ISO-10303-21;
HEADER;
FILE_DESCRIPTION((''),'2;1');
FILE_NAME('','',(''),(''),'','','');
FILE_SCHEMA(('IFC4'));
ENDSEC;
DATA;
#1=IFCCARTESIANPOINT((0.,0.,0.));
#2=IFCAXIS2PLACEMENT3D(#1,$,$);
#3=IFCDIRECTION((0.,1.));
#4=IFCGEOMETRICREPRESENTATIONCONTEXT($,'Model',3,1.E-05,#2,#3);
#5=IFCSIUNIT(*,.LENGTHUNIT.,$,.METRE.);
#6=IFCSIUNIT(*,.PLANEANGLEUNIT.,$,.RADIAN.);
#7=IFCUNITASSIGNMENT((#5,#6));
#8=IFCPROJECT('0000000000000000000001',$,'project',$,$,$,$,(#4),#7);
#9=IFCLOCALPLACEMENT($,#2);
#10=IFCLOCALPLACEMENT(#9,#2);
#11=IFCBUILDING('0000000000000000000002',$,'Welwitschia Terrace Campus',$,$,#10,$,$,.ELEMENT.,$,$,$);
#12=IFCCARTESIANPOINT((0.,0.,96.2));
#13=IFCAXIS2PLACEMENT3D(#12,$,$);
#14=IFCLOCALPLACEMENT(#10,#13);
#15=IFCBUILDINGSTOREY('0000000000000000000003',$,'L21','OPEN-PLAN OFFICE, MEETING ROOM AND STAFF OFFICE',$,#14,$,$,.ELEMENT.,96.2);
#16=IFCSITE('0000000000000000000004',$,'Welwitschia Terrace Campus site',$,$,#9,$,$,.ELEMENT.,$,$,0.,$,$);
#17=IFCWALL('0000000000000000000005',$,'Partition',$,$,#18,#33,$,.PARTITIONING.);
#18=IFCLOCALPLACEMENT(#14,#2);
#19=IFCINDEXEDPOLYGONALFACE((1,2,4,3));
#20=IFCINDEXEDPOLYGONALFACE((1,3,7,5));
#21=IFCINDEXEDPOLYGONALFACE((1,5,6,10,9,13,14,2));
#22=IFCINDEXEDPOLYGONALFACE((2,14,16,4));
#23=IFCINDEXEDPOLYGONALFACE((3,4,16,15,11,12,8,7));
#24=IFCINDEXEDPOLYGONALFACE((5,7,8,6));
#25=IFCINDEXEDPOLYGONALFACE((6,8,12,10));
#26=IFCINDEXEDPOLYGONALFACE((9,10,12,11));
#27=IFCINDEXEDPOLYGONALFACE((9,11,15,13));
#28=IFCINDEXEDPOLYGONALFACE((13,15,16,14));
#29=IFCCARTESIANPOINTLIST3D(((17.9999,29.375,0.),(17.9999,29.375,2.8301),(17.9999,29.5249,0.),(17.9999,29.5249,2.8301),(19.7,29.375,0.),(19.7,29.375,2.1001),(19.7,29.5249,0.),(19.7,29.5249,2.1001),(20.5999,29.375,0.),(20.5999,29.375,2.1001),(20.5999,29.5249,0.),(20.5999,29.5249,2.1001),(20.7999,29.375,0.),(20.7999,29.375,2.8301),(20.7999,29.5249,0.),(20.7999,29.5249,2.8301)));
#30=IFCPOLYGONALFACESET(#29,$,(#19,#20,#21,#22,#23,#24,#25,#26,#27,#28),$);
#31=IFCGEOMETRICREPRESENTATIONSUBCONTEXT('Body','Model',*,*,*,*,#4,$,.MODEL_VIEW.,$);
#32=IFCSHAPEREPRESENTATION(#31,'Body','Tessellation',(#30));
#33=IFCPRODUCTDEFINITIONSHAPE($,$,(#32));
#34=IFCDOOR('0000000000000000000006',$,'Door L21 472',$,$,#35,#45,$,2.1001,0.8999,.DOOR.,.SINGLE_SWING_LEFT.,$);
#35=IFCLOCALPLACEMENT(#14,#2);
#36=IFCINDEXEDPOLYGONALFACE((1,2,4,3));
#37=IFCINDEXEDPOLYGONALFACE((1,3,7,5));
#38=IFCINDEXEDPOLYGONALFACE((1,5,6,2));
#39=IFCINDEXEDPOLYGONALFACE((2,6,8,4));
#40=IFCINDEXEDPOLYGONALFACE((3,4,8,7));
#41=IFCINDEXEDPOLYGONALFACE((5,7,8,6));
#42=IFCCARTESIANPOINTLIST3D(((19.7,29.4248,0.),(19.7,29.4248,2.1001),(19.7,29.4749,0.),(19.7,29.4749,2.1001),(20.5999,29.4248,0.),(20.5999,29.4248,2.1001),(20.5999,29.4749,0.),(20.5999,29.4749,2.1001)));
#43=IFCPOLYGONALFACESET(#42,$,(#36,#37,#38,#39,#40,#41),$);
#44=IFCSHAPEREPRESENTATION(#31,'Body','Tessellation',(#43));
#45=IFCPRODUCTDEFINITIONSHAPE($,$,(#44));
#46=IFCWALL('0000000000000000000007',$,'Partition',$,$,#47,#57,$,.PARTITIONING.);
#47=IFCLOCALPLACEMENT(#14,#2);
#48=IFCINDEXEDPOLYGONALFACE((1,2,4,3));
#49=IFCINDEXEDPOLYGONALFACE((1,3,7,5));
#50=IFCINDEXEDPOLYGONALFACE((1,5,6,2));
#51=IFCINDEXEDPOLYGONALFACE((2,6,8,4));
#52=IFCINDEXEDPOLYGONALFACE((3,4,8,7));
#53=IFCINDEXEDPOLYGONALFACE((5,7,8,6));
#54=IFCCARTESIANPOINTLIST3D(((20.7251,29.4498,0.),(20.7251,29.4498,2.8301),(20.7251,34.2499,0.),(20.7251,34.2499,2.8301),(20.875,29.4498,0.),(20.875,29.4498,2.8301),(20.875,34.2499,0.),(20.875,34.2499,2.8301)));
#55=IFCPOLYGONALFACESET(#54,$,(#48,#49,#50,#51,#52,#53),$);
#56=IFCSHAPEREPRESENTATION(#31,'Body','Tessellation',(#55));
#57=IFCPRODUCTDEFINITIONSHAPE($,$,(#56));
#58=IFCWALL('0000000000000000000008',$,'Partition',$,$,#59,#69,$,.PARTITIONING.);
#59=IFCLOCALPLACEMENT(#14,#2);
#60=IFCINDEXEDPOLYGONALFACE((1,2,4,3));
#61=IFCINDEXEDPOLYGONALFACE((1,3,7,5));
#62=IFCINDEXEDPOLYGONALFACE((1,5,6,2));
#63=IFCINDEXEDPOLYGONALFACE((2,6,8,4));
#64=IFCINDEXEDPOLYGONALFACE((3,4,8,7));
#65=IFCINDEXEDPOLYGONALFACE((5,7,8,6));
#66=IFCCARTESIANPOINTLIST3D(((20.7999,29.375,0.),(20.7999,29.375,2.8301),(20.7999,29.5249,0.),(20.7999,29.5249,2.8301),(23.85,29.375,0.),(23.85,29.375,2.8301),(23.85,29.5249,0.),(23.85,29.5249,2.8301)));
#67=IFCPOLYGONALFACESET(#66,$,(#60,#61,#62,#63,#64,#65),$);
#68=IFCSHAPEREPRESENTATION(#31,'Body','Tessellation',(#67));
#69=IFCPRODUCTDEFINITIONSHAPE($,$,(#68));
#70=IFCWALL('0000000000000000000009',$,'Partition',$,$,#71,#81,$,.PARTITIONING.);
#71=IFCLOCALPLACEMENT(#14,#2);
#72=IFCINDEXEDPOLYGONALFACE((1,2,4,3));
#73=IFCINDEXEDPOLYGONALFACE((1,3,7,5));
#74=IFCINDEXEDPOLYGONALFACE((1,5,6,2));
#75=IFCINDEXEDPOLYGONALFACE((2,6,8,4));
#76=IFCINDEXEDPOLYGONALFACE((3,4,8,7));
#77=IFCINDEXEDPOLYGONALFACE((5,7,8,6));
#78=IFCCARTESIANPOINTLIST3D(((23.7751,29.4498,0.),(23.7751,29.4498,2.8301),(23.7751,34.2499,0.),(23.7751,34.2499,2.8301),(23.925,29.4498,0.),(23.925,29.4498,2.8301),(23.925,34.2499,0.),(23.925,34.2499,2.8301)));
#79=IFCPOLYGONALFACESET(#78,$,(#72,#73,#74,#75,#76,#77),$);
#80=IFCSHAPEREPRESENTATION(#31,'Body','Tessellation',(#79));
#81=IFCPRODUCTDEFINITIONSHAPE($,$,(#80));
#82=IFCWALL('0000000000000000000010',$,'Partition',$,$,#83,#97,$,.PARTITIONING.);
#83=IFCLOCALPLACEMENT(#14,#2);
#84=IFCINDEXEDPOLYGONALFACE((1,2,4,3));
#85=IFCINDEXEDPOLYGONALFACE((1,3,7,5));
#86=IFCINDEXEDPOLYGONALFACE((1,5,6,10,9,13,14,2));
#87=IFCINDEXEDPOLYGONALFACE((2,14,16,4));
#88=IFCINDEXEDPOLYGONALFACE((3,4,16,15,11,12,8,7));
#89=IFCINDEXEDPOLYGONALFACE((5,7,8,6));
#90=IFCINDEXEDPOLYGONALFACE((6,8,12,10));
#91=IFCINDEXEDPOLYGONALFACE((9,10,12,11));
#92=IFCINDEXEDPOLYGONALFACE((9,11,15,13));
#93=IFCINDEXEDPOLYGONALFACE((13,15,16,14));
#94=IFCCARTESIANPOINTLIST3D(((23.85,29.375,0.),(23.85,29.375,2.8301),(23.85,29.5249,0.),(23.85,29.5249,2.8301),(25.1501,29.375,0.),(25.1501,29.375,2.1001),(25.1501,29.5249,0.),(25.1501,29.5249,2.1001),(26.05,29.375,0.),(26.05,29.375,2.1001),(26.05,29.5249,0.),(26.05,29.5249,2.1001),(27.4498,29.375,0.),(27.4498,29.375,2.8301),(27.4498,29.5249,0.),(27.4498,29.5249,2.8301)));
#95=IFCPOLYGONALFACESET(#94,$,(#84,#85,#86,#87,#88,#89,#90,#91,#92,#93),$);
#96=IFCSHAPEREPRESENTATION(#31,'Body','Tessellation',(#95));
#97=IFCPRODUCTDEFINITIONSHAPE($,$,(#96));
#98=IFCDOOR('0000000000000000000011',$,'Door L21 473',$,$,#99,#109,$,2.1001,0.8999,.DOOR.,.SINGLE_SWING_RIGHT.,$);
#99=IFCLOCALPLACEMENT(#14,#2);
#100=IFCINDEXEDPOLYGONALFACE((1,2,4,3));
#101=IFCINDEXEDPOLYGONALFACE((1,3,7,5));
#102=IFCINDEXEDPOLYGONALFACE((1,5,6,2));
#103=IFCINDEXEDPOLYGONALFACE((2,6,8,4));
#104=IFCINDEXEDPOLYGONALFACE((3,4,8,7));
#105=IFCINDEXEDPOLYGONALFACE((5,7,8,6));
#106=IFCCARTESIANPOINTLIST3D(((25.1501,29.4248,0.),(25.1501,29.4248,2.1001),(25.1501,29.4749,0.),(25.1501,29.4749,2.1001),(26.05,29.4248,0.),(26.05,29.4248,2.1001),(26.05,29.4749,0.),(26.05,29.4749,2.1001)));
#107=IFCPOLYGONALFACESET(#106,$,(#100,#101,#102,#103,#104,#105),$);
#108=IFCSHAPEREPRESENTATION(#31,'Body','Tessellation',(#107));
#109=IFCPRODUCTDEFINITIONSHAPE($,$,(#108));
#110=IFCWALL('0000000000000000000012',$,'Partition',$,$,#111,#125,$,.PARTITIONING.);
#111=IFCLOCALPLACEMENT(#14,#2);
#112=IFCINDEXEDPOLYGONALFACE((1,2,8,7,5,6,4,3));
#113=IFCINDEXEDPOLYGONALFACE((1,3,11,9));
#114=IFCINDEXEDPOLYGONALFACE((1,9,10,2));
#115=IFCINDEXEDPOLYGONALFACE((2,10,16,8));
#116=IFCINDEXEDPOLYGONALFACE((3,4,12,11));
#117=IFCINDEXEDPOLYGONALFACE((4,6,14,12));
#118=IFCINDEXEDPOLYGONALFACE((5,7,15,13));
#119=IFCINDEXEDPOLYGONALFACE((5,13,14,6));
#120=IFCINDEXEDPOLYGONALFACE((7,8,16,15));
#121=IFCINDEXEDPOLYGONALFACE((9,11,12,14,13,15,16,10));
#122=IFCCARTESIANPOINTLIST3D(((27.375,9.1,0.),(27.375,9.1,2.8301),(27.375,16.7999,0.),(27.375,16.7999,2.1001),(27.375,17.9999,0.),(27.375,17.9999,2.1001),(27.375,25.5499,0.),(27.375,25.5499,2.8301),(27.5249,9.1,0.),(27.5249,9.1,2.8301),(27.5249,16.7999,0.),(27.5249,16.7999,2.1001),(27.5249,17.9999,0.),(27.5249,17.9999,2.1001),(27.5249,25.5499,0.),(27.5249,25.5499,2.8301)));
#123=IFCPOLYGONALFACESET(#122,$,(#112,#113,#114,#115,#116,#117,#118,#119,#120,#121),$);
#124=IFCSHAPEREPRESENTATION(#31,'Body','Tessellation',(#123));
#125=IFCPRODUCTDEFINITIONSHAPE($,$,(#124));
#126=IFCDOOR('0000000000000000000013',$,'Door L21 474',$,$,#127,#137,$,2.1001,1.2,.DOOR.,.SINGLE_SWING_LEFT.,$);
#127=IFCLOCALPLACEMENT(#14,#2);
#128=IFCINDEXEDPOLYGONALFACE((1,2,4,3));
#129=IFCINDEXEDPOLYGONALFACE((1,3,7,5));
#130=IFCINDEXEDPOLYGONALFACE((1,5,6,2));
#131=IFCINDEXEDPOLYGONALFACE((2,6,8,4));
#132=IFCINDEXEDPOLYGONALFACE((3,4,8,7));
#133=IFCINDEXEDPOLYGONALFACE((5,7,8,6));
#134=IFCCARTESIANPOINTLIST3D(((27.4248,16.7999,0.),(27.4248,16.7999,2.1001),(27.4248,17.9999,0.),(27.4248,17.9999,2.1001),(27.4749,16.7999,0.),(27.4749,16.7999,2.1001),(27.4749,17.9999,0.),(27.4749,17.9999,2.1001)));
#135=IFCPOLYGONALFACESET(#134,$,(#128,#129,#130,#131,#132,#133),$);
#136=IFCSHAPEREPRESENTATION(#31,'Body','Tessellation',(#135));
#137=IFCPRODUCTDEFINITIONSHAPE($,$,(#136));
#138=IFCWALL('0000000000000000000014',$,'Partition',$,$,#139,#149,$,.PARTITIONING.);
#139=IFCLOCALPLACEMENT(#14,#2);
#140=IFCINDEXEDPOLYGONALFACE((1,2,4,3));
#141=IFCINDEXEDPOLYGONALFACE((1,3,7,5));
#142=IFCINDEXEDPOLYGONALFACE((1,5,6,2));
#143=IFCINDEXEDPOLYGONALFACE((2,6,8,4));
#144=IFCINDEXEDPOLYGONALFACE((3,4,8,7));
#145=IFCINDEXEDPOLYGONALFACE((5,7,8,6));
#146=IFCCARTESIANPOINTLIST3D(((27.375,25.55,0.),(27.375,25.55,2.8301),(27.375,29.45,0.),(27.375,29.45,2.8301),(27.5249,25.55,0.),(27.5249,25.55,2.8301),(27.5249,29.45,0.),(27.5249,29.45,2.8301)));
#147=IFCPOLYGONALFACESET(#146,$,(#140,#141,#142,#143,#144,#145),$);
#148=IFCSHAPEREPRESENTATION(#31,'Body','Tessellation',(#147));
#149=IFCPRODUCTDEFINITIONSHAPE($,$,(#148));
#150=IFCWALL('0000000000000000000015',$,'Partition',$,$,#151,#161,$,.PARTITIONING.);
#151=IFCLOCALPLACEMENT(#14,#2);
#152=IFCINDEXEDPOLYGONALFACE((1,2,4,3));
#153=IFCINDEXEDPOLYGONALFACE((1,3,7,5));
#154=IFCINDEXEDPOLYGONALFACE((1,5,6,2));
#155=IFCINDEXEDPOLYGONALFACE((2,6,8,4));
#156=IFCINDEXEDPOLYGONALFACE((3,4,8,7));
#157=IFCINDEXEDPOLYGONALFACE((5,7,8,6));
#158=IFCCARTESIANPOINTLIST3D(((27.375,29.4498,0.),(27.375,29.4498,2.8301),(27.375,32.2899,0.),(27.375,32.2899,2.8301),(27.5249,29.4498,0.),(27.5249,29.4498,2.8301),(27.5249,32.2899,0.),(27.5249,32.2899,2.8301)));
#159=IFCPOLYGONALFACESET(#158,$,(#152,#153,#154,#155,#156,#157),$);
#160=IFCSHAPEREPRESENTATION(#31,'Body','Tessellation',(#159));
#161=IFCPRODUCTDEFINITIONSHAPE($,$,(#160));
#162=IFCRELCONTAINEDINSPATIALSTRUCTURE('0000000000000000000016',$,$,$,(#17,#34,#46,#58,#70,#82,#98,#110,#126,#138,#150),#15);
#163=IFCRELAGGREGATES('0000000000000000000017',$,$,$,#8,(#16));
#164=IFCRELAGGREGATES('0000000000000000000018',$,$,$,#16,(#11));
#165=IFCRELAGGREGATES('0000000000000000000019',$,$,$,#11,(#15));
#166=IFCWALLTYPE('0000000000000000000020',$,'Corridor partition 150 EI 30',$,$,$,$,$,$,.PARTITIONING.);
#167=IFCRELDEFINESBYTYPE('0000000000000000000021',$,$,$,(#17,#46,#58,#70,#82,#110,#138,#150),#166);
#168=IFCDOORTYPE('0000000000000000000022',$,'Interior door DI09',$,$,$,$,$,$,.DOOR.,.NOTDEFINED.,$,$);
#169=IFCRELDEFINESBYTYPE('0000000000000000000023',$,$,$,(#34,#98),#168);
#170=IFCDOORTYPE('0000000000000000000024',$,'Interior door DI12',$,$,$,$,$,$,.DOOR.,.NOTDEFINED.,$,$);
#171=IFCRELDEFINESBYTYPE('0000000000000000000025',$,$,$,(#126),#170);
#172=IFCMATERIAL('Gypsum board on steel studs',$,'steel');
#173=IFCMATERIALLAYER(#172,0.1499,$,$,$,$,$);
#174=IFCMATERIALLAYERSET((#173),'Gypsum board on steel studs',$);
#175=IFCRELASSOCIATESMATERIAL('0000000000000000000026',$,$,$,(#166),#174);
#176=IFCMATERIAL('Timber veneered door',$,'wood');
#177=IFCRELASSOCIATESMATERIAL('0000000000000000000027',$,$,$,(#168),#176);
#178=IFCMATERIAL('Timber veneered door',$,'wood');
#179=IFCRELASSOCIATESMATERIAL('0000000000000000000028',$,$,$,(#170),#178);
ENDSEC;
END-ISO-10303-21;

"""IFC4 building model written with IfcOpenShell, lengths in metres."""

from ifc_helpers import new_model, si_unit, direction, frame, frame_2d, origin, place, context, subcontext, project, spatial, rectangle, extrude, material, layer, layer_set, type_object, element, fill, save


model = new_model("IFC4")

# Units and contexts
model_context = context("Model", 3, precision=1e-05, world=origin(), true_north=direction((0.0, 1.0)))
body_context = subcontext(model_context, "Body", "Model", "MODEL_VIEW")
ifc_project = project(units=[si_unit("LENGTHUNIT", "METRE"), si_unit("PLANEANGLEUNIT", "RADIAN")], contexts=[model_context])

# Site, building, storey
site_placement = place(None, origin())
site = spatial("IfcSite", under=ifc_project, at=site_placement, Name="Welwitschia Terrace Campus site", CompositionType="ELEMENT", RefElevation=0.0)
building_placement = place(site_placement, origin())
building = spatial("IfcBuilding", under=site, at=building_placement, Name="Welwitschia Terrace Campus", CompositionType="ELEMENT")
storey_placement = place(building_placement, frame((0.0, 0.0, 96.2)))
storey = spatial("IfcBuildingStorey", under=building, at=storey_placement, Name="L21", Description="OPEN-PLAN OFFICE, MEETING ROOM AND STAFF OFFICE", CompositionType="ELEMENT", Elevation=96.2)

# Shared definitions
ifc_material_1 = material(Name="Gypsum board on steel studs", Category="steel")
ifc_layer_1 = layer(ifc_material_1, 0.1499)
ifc_layer_set_1 = layer_set([ifc_layer_1], Name="Gypsum board on steel studs")
wall_type_1 = type_object("IfcWallType", Name="Corridor partition 150 EI 30", PredefinedType="PARTITIONING", material=ifc_layer_set_1)

# Shared definitions
ifc_material_2 = material(Name="Timber veneered door", Category="wood")
door_type_1 = type_object("IfcDoorType", Name="Interior door DI09", OperationType="NOTDEFINED", PredefinedType="DOOR", material=ifc_material_2)

# Wall, opening, door
wall_1_placement = place(storey_placement, frame((18.0, 29.45, 0.0), z_axis=(0.0, 0.0, 1.0), x_axis=(1.0, 0.0, 0.0)))
wall_1 = element("IfcWall", 1, at=wall_1_placement, inside=storey, type_object=wall_type_1, Name="Partition", PredefinedType="PARTITIONING", context=body_context, shape_type="SweptSolid", body=[
    extrude(rectangle(XDim=2.8, YDim=0.1499, at=frame_2d((1.3999, 0.0))), origin(), (0.0, 0.0, 1.0), 2.8301),
])
opening_1_placement = place(wall_1_placement, frame((1.7, 0.0, 0.0)))
opening_1 = element("IfcOpeningElement", 2, at=opening_1_placement, cuts=wall_1, PredefinedType="OPENING", context=body_context, shape_type="SweptSolid", body=[
    extrude(rectangle(XDim=0.8999, YDim=2.1001, at=frame_2d((0.45, 1.05))), frame((0.0, 0.085, 0.0), z_axis=(0.0, -1.0, 0.0), x_axis=(1.0, 0.0, 0.0)), (0.0, 0.0, 1.0), 0.1699),
])
door_1_placement = place(opening_1_placement, origin())
door_1 = element("IfcDoor", 3, at=door_1_placement, inside=storey, type_object=door_type_1, Name="Door L21 472", OperationType="SINGLE_SWING_LEFT", OverallHeight=2.1001, OverallWidth=0.8999, PredefinedType="DOOR", context=body_context, shape_type="SweptSolid", body=[
    extrude(rectangle(XDim=0.8999, YDim=2.1001, at=frame_2d((0.45, 1.05))), frame((0.0, 0.0249, 0.0), z_axis=(0.0, -1.0, 0.0), x_axis=(1.0, 0.0, 0.0)), (0.0, 0.0, 1.0), 0.05),
])
fill(opening_1, door_1)

# Walls
wall_2_placement = place(storey_placement, frame((20.8, 29.45, 0.0), z_axis=(0.0, 0.0, 1.0), x_axis=(0.0, 1.0, 0.0)))
element("IfcWall", 4, at=wall_2_placement, inside=storey, type_object=wall_type_1, Name="Partition", PredefinedType="PARTITIONING", context=body_context, shape_type="SweptSolid", body=[
    extrude(rectangle(XDim=4.8, YDim=0.1499, at=frame_2d((2.3999, 0.0))), origin(), (0.0, 0.0, 1.0), 2.8301),
])
wall_3_placement = place(storey_placement, frame((20.8, 29.45, 0.0), z_axis=(0.0, 0.0, 1.0), x_axis=(1.0, 0.0, 0.0)))
element("IfcWall", 5, at=wall_3_placement, inside=storey, type_object=wall_type_1, Name="Partition", PredefinedType="PARTITIONING", context=body_context, shape_type="SweptSolid", body=[
    extrude(rectangle(XDim=3.05, YDim=0.1499, at=frame_2d((1.5249, 0.0))), origin(), (0.0, 0.0, 1.0), 2.8301),
])
wall_4_placement = place(storey_placement, frame((23.8501, 29.45, 0.0), z_axis=(0.0, 0.0, 1.0), x_axis=(0.0, 1.0, 0.0)))
element("IfcWall", 6, at=wall_4_placement, inside=storey, type_object=wall_type_1, Name="Partition", PredefinedType="PARTITIONING", context=body_context, shape_type="SweptSolid", body=[
    extrude(rectangle(XDim=4.8, YDim=0.1499, at=frame_2d((2.3999, 0.0))), origin(), (0.0, 0.0, 1.0), 2.8301),
])

# Walls, openings, doors
wall_5_placement = place(storey_placement, frame((23.8501, 29.45, 0.0), z_axis=(0.0, 0.0, 1.0), x_axis=(1.0, 0.0, 0.0)))
wall_5 = element("IfcWall", 7, at=wall_5_placement, inside=storey, type_object=wall_type_1, Name="Partition", PredefinedType="PARTITIONING", context=body_context, shape_type="SweptSolid", body=[
    extrude(rectangle(XDim=3.5999, YDim=0.1499, at=frame_2d((1.7998, 0.0))), origin(), (0.0, 0.0, 1.0), 2.8301),
])
opening_2_placement = place(wall_5_placement, frame((1.3, 0.0, 0.0)))
opening_2 = element("IfcOpeningElement", 8, at=opening_2_placement, cuts=wall_5, PredefinedType="OPENING", context=body_context, shape_type="SweptSolid", body=[
    extrude(rectangle(XDim=0.8999, YDim=2.1001, at=frame_2d((0.45, 1.05))), frame((0.0, 0.085, 0.0), z_axis=(0.0, -1.0, 0.0), x_axis=(1.0, 0.0, 0.0)), (0.0, 0.0, 1.0), 0.1699),
])
door_2_placement = place(opening_2_placement, origin())
door_2 = element("IfcDoor", 9, at=door_2_placement, inside=storey, type_object=door_type_1, Name="Door L21 473", OperationType="SINGLE_SWING_RIGHT", OverallHeight=2.1001, OverallWidth=0.8999, PredefinedType="DOOR", context=body_context, shape_type="SweptSolid", body=[
    extrude(rectangle(XDim=0.8999, YDim=2.1001, at=frame_2d((0.45, 1.05))), frame((0.0, 0.0249, 0.0), z_axis=(0.0, -1.0, 0.0), x_axis=(1.0, 0.0, 0.0)), (0.0, 0.0, 1.0), 0.05),
])
fill(opening_2, door_2)
wall_6_placement = place(storey_placement, frame((27.45, 25.55, 0.0), z_axis=(0.0, 0.0, 1.0), x_axis=(0.0, -1.0, 0.0)))
wall_6 = element("IfcWall", 10, at=wall_6_placement, inside=storey, type_object=wall_type_1, Name="Partition", PredefinedType="PARTITIONING", context=body_context, shape_type="SweptSolid", body=[
    extrude(rectangle(XDim=16.45, YDim=0.1499, at=frame_2d((8.2251, 0.0))), origin(), (0.0, 0.0, 1.0), 2.8301),
])
opening_3_placement = place(wall_6_placement, frame((7.55, 0.0, 0.0)))
opening_3 = element("IfcOpeningElement", 11, at=opening_3_placement, cuts=wall_6, PredefinedType="OPENING", context=body_context, shape_type="SweptSolid", body=[
    extrude(rectangle(XDim=1.2, YDim=2.1001, at=frame_2d((0.6001, 1.05))), frame((0.0, 0.085, 0.0), z_axis=(0.0, -1.0, 0.0), x_axis=(1.0, 0.0, 0.0)), (0.0, 0.0, 1.0), 0.1699),
])
ifc_material_3 = material(Name="Timber veneered door", Category="wood")
door_type_2 = type_object("IfcDoorType", Name="Interior door DI12", OperationType="NOTDEFINED", PredefinedType="DOOR", material=ifc_material_3)
door_3_placement = place(opening_3_placement, origin())
door_3 = element("IfcDoor", 12, at=door_3_placement, inside=storey, type_object=door_type_2, Name="Door L21 474", OperationType="SINGLE_SWING_LEFT", OverallHeight=2.1001, OverallWidth=1.2, PredefinedType="DOOR", context=body_context, shape_type="SweptSolid", body=[
    extrude(rectangle(XDim=1.2, YDim=2.1001, at=frame_2d((0.6001, 1.05))), frame((0.0, 0.0249, 0.0), z_axis=(0.0, -1.0, 0.0), x_axis=(1.0, 0.0, 0.0)), (0.0, 0.0, 1.0), 0.05),
])
fill(opening_3, door_3)

# Walls
wall_7_placement = place(storey_placement, frame((27.45, 25.55, 0.0), z_axis=(0.0, 0.0, 1.0), x_axis=(0.0, 1.0, 0.0)))
element("IfcWall", 13, at=wall_7_placement, inside=storey, type_object=wall_type_1, Name="Partition", PredefinedType="PARTITIONING", context=body_context, shape_type="SweptSolid", body=[
    extrude(rectangle(XDim=3.8999, YDim=0.1499, at=frame_2d((1.95, 0.0))), origin(), (0.0, 0.0, 1.0), 2.8301),
])
wall_8_placement = place(storey_placement, frame((27.45, 29.45, 0.0), z_axis=(0.0, 0.0, 1.0), x_axis=(0.0, 1.0, 0.0)))
element("IfcWall", 14, at=wall_8_placement, inside=storey, type_object=wall_type_1, Name="Partition", PredefinedType="PARTITIONING", context=body_context, shape_type="SweptSolid", body=[
    extrude(rectangle(XDim=2.8401, YDim=0.1499, at=frame_2d((1.4199, 0.0))), origin(), (0.0, 0.0, 1.0), 2.8301),
])

save(model, "model.ifc")
